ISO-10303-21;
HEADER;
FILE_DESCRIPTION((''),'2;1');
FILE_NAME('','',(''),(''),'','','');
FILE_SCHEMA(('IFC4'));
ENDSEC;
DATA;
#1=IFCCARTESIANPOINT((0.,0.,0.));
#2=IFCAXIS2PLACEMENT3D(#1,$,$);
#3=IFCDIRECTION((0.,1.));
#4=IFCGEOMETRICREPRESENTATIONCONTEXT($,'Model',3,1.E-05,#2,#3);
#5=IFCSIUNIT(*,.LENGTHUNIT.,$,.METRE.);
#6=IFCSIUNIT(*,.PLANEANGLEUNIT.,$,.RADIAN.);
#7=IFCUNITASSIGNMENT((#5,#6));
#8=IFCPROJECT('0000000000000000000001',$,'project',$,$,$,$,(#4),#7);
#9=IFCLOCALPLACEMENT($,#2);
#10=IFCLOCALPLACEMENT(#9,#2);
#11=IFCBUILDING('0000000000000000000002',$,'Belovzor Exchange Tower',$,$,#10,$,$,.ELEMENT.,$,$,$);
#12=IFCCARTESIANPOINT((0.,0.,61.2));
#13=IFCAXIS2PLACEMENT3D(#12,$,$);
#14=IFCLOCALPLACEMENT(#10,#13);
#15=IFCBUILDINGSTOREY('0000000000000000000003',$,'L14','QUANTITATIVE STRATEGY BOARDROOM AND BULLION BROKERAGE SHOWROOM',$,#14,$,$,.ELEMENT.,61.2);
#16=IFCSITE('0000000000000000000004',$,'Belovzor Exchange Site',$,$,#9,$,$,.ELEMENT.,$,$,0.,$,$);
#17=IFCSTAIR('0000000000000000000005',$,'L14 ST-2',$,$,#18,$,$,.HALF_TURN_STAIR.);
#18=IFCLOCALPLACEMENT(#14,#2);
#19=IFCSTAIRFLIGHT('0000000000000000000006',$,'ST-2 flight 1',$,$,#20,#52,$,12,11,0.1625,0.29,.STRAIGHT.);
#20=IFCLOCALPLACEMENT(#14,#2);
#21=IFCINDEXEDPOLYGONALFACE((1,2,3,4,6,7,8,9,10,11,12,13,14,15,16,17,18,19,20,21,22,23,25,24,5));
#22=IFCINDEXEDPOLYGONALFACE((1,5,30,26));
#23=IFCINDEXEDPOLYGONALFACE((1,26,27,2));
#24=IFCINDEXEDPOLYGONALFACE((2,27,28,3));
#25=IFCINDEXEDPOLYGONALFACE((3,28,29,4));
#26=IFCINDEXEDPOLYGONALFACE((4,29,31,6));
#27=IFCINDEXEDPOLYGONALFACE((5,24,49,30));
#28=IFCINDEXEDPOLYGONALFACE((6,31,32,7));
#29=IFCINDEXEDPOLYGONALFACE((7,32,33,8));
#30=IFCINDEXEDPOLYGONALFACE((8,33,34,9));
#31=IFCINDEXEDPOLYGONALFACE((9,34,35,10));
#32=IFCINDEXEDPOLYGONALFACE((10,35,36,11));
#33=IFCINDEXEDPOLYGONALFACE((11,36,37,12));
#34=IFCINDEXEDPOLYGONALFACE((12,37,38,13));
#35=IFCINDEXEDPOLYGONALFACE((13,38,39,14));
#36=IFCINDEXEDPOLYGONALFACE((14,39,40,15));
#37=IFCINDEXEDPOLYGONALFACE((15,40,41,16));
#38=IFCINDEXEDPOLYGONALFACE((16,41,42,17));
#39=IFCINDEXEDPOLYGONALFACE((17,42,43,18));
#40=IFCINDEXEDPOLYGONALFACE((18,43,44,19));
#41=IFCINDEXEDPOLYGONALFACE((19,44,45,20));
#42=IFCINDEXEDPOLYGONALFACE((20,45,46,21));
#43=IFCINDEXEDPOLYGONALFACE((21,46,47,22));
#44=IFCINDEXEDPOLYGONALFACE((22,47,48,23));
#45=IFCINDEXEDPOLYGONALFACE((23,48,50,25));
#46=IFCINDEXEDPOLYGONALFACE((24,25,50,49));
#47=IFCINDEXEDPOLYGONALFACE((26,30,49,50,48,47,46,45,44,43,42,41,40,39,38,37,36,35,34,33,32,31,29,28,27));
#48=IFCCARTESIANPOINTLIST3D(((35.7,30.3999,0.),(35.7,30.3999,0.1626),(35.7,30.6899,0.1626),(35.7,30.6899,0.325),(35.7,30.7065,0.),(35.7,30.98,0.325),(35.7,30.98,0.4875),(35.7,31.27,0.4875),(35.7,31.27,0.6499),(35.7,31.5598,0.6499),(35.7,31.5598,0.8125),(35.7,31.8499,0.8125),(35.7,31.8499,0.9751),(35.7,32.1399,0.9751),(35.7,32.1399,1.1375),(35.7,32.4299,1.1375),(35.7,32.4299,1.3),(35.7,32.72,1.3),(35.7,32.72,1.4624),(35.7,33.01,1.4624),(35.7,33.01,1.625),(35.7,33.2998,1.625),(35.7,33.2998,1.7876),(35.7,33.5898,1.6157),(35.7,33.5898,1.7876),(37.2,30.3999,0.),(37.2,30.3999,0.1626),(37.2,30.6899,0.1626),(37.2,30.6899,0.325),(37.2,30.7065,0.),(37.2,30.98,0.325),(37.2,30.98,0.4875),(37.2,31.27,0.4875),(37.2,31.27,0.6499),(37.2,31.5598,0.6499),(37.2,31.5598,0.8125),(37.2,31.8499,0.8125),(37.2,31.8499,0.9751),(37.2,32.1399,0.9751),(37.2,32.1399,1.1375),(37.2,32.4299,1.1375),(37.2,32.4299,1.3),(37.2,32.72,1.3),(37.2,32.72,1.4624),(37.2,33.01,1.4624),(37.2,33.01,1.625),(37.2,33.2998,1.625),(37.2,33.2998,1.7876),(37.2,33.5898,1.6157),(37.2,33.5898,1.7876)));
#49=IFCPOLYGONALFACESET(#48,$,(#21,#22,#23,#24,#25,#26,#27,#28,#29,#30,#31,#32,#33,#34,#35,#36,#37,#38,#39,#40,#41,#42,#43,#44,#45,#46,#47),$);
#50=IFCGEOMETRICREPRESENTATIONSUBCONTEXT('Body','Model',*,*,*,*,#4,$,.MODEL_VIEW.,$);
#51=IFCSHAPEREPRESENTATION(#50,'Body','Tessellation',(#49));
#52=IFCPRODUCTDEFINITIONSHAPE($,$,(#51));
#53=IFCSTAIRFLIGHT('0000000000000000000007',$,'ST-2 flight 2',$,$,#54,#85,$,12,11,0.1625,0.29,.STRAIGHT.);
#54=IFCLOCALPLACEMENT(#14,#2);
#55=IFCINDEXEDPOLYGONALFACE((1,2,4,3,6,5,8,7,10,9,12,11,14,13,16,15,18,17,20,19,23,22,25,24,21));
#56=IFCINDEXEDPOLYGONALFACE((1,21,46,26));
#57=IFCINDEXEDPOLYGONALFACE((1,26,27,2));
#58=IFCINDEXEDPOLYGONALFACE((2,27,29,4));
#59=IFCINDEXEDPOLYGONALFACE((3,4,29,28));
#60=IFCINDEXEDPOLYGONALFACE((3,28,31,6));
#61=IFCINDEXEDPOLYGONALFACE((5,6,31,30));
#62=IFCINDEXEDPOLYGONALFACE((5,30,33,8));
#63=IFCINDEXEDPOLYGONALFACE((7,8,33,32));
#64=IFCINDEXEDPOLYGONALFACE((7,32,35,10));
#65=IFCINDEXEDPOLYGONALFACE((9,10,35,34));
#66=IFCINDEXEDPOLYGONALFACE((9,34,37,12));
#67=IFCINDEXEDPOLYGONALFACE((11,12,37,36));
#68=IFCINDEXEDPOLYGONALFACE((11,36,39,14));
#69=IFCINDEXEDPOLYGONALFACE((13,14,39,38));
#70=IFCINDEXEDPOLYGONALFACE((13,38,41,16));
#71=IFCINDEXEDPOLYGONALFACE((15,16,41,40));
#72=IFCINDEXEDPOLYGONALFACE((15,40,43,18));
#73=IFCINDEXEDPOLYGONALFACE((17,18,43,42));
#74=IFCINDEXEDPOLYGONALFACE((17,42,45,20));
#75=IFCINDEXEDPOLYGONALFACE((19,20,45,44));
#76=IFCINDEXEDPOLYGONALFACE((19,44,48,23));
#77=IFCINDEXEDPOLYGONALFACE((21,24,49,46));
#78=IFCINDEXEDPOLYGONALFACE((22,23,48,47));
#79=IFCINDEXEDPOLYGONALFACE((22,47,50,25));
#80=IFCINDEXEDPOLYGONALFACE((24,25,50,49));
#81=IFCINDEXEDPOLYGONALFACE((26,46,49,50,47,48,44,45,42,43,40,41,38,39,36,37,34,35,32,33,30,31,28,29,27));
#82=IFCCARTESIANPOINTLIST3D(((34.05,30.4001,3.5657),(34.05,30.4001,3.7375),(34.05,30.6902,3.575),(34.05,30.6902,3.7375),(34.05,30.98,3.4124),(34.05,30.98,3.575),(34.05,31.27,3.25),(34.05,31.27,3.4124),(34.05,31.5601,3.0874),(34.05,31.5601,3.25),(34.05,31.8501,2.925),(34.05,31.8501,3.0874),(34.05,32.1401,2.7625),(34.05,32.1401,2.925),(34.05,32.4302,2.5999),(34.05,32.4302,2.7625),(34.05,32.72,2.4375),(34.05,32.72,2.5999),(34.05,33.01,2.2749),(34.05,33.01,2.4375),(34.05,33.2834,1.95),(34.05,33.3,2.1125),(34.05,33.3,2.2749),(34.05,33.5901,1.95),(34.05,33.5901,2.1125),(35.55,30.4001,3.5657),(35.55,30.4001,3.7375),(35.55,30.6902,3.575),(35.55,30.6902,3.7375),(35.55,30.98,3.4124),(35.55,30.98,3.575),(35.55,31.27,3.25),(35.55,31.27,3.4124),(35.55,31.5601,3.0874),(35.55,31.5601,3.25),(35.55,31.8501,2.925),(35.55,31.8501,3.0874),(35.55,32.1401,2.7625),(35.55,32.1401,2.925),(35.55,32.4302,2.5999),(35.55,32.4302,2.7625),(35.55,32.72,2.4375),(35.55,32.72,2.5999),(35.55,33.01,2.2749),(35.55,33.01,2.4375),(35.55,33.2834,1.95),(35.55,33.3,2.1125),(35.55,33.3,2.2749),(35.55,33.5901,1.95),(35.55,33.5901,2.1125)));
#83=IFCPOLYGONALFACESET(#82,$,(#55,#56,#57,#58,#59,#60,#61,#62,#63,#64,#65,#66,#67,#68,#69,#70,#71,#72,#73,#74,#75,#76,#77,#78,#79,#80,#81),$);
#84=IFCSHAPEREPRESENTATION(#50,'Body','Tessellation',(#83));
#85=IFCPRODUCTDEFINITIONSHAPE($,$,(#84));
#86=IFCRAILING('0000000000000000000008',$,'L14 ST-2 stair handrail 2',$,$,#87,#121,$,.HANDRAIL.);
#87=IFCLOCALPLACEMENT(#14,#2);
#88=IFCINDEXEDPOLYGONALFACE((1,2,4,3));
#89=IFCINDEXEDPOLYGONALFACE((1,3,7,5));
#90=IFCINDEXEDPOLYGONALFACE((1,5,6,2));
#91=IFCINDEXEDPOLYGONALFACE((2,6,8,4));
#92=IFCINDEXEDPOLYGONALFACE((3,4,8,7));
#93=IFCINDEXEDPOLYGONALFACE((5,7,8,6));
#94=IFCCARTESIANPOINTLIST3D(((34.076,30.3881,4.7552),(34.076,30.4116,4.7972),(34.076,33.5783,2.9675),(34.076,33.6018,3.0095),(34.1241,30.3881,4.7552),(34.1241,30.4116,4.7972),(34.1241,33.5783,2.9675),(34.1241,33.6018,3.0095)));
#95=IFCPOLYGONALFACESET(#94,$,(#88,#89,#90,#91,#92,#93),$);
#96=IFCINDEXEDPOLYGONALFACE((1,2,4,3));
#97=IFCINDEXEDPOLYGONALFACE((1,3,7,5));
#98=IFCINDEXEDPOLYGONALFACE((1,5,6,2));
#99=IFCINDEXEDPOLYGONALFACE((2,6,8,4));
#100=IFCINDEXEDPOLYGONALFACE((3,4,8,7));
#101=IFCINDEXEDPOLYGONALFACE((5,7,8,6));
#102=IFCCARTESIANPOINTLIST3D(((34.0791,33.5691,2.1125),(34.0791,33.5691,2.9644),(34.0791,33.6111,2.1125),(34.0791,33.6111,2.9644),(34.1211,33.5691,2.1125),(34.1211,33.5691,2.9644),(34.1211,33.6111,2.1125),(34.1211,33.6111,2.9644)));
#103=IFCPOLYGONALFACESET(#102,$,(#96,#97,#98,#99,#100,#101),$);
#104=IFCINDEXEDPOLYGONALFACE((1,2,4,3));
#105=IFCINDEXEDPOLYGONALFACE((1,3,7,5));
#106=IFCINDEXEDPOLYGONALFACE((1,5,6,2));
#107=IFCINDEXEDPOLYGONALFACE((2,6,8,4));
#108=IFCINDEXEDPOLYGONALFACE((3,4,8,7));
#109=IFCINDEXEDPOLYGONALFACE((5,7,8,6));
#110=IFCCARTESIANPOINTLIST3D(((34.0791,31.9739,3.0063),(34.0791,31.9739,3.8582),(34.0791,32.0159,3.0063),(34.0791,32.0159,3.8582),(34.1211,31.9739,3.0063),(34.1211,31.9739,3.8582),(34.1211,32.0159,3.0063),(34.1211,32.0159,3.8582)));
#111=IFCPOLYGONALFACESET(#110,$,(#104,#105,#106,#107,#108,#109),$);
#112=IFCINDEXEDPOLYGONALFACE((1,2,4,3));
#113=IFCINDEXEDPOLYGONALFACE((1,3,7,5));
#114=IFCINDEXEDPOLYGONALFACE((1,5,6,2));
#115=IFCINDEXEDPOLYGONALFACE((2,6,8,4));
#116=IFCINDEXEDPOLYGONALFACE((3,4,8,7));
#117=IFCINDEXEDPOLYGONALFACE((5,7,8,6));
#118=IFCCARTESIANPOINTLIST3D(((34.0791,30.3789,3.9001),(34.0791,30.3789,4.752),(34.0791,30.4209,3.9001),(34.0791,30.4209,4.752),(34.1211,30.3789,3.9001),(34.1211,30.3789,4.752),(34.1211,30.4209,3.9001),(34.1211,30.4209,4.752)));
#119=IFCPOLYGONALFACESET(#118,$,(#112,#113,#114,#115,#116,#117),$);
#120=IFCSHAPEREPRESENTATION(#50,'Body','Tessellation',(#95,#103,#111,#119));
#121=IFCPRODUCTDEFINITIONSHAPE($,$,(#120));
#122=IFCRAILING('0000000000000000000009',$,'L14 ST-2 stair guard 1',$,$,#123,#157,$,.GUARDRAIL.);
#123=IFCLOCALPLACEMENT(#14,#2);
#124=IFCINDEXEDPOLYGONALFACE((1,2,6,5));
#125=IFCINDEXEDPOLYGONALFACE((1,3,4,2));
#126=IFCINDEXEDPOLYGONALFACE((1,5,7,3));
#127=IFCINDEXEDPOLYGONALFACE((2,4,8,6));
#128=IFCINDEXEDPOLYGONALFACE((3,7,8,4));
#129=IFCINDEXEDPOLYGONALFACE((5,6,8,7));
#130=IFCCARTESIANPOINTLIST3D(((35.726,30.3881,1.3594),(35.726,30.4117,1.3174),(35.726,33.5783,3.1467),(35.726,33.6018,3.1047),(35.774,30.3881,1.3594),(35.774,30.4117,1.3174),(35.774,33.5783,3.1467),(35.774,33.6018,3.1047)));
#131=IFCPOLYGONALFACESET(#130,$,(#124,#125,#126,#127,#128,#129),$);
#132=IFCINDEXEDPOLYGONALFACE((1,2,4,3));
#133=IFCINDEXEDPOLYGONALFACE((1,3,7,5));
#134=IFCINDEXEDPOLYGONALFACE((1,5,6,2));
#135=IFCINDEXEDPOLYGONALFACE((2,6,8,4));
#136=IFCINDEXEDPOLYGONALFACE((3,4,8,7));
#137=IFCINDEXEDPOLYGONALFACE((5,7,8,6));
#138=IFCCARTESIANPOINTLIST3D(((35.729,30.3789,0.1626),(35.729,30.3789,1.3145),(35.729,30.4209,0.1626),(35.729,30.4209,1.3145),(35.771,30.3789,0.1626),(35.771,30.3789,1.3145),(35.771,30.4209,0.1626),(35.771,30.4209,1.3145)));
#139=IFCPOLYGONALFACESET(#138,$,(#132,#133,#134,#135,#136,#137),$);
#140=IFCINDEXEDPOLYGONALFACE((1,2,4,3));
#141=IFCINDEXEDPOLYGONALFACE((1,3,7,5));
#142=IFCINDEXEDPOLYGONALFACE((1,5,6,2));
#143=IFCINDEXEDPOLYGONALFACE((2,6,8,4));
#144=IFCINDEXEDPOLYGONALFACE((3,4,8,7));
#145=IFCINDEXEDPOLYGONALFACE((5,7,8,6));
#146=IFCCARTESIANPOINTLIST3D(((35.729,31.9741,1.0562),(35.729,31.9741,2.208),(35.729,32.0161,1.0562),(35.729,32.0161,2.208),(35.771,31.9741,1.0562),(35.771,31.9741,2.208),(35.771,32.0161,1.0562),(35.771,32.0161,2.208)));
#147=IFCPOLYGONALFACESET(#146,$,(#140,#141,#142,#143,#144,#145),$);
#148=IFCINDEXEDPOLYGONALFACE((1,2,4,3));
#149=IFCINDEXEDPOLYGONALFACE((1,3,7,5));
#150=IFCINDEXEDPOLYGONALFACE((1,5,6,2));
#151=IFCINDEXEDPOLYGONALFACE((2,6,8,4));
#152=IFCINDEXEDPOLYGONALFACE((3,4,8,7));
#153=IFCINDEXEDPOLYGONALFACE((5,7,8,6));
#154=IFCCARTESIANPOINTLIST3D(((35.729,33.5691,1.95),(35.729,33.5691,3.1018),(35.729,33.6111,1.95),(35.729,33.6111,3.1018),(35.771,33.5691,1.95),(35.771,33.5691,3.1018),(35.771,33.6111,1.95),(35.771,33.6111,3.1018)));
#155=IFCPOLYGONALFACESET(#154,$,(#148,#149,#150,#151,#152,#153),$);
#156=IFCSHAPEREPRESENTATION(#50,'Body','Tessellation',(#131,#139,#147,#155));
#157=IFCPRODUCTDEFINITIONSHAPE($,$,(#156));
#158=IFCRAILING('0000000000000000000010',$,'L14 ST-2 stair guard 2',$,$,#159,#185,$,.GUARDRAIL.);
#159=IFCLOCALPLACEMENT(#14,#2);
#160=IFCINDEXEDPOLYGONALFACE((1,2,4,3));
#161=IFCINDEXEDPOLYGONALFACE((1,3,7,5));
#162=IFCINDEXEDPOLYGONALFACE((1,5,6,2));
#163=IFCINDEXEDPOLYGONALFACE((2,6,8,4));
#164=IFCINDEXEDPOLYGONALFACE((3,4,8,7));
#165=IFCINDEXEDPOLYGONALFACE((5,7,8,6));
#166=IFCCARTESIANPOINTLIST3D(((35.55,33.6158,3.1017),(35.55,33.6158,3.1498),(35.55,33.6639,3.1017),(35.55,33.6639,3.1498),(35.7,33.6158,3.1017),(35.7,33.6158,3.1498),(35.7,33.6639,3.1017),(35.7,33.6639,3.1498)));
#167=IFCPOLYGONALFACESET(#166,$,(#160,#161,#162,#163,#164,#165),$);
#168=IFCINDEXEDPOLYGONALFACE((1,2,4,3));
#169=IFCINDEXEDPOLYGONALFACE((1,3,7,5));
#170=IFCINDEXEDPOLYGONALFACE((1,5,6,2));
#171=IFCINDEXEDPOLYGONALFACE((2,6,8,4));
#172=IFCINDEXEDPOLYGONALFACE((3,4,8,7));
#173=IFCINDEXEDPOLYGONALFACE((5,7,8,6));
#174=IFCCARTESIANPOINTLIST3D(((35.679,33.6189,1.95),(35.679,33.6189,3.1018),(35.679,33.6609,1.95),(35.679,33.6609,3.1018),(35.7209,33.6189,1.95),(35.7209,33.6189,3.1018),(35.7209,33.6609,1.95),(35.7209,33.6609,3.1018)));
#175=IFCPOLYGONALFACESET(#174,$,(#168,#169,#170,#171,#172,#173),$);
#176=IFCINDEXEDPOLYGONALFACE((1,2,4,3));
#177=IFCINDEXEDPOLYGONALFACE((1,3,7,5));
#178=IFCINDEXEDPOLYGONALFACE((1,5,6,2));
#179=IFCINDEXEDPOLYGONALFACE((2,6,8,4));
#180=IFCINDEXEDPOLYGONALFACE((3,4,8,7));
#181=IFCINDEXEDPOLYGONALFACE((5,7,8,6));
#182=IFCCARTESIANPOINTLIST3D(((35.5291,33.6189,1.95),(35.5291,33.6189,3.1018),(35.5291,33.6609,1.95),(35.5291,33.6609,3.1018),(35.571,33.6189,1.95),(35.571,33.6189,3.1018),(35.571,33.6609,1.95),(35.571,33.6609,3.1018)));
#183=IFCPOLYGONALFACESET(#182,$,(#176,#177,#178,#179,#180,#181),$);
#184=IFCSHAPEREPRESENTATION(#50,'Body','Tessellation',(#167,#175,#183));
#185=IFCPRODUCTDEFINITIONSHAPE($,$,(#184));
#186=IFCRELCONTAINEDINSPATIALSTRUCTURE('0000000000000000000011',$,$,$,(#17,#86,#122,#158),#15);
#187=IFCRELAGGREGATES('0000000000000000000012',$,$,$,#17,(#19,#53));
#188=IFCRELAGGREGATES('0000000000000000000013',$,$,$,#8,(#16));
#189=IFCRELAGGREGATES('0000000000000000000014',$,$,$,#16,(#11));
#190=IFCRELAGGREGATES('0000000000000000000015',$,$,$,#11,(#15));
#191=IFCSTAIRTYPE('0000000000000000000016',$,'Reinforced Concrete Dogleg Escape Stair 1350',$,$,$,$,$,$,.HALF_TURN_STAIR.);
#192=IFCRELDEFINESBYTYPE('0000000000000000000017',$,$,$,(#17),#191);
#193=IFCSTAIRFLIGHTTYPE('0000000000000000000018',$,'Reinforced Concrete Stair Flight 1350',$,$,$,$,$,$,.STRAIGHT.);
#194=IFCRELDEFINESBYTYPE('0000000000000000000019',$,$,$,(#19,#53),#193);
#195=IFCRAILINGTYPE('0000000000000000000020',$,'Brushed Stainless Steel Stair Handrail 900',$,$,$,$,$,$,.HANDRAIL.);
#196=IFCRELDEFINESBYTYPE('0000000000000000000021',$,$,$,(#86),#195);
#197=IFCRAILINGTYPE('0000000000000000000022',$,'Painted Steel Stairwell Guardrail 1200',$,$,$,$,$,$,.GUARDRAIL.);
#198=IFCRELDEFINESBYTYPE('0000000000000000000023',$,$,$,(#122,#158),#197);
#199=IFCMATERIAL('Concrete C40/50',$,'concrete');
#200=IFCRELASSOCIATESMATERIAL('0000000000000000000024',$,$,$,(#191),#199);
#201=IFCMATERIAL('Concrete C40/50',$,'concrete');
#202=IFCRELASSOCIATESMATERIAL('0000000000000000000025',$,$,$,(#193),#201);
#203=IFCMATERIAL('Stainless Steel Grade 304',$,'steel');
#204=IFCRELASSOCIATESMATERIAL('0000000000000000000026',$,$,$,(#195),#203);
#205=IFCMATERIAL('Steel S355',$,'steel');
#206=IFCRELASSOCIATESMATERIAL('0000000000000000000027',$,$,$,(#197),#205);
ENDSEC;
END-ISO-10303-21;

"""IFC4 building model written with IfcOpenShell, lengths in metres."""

from ifc_helpers import new_model, si_unit, direction, frame, origin, origin_2d, place, context, subcontext, project, spatial, polyline, rectangle, outline, extrude, material, type_object, element, aggregate, save


model = new_model("IFC4")

# Units and contexts
model_context = context("Model", 3, precision=1e-05, world=origin(), true_north=direction((0.0, 1.0)))
body_context = subcontext(model_context, "Body", "Model", "MODEL_VIEW")
ifc_project = project(units=[si_unit("LENGTHUNIT", "METRE"), si_unit("PLANEANGLEUNIT", "RADIAN")], contexts=[model_context])

# Site, building, storey
site_placement = place(None, origin())
site = spatial("IfcSite", under=ifc_project, at=site_placement, Name="Belovzor Exchange Site", CompositionType="ELEMENT", RefElevation=0.0)
building_placement = place(site_placement, origin())
building = spatial("IfcBuilding", under=site, at=building_placement, Name="Belovzor Exchange Tower", CompositionType="ELEMENT")
storey_placement = place(building_placement, frame((0.0, 0.0, 61.2)))
storey = spatial("IfcBuildingStorey", under=building, at=storey_placement, Name="L14", Description="QUANTITATIVE STRATEGY BOARDROOM AND BULLION BROKERAGE SHOWROOM", CompositionType="ELEMENT", Elevation=61.2)

# Stair, stair flights
ifc_material_1 = material(Name="Concrete C40/50", Category="concrete")
stair_type = type_object("IfcStairType", Name="Reinforced Concrete Dogleg Escape Stair 1350", PredefinedType="HALF_TURN_STAIR", material=ifc_material_1)
stair_placement = place(storey_placement, origin())
stair = element("IfcStair", 1, at=stair_placement, inside=storey, type_object=stair_type, Name="L14 ST-2", PredefinedType="HALF_TURN_STAIR")
ifc_material_2 = material(Name="Concrete C40/50", Category="concrete")
stair_flight_type = type_object("IfcStairFlightType", Name="Reinforced Concrete Stair Flight 1350", PredefinedType="STRAIGHT", material=ifc_material_2)
stair_flight_1_placement = place(storey_placement, frame((36.45, 30.3999, 0.0), z_axis=(0.0, 0.0, 1.0), x_axis=(0.0, 1.0, 0.0)))
stair_flight_1 = element("IfcStairFlight", 2, at=stair_flight_1_placement, type_object=stair_flight_type, Name="ST-2 flight 1", NumberOfRisers=12, NumberOfTreads=11, PredefinedType="STRAIGHT", RiserHeight=0.1625, TreadLength=0.29, context=body_context, shape_type="SweptSolid", body=[
    extrude(outline(polyline([(0.0, 0.0), (0.0, 0.1626), (0.29, 0.1626), (0.29, 0.325), (0.5801, 0.325), (0.5801, 0.4875), (0.8701, 0.4875), (0.8701, 0.6499), (1.1599, 0.6499), (1.1599, 0.8125), (1.45, 0.8125), (1.45, 0.9751), (1.74, 0.9751), (1.74, 1.1375), (2.03, 1.1375), (2.03, 1.3), (2.3201, 1.3), (2.3201, 1.4624), (2.6101, 1.4624), (2.6101, 1.625), (2.8999, 1.625), (2.8999, 1.7876), (3.1899, 1.7876), (3.1899, 1.95), (3.1899, 1.6157), (0.3066, 0.0), (0.0, 0.0)])), frame((0.0, 0.75, 0.0), z_axis=(0.0, -1.0, 0.0), x_axis=(1.0, 0.0, 0.0)), (0.0, 0.0, 1.0), 1.5),
])
stair_flight_2_placement = place(storey_placement, frame((34.8, 33.5901, 1.95), z_axis=(0.0, 0.0, 1.0), x_axis=(0.0, -1.0, 0.0)))
stair_flight_2 = element("IfcStairFlight", 3, at=stair_flight_2_placement, type_object=stair_flight_type, Name="ST-2 flight 2", NumberOfRisers=12, NumberOfTreads=11, PredefinedType="STRAIGHT", RiserHeight=0.1625, TreadLength=0.29, context=body_context, shape_type="SweptSolid", body=[
    extrude(outline(polyline([(0.0, 0.0), (0.0, 0.1626), (0.29, 0.1626), (0.29, 0.325), (0.5801, 0.325), (0.5801, 0.4875), (0.8701, 0.4875), (0.8701, 0.6499), (1.1599, 0.6499), (1.1599, 0.8125), (1.45, 0.8125), (1.45, 0.9751), (1.74, 0.9751), (1.74, 1.1375), (2.03, 1.1375), (2.03, 1.3), (2.3201, 1.3), (2.3201, 1.4624), (2.6101, 1.4624), (2.6101, 1.625), (2.8999, 1.625), (2.8999, 1.7876), (3.1899, 1.7876), (3.1899, 1.95), (3.1899, 1.6157), (0.3066, 0.0), (0.0, 0.0)])), frame((0.0, 0.75, 0.0), z_axis=(0.0, -1.0, 0.0), x_axis=(1.0, 0.0, 0.0)), (0.0, 0.0, 1.0), 1.5),
])
aggregate(stair, [stair_flight_1, stair_flight_2])

# Railings
ifc_material_3 = material(Name="Stainless Steel Grade 304", Category="steel")
railing_type_1 = type_object("IfcRailingType", Name="Brushed Stainless Steel Stair Handrail 900", PredefinedType="HANDRAIL", material=ifc_material_3)
railing_1_placement = place(storey_placement, frame((34.1001, 33.5901, 2.1125)))
element("IfcRailing", 4, at=railing_1_placement, inside=storey, type_object=railing_type_1, Name="L14 ST-2 stair handrail 2", PredefinedType="HANDRAIL", context=body_context, shape_type="SweptSolid", body=[
    extrude(rectangle(XDim=0.0481, YDim=0.0481, at=origin_2d()), frame((0.0, 0.0, 0.876), z_axis=(0.0, -0.872378, 0.488831), x_axis=(1.0, 0.0, 0.0)), (0.0, 0.0, 1.0), 3.657),
    extrude(rectangle(XDim=0.042, YDim=0.042, at=origin_2d()), origin(), (0.0, 0.0, 1.0), 0.8518),
    extrude(rectangle(XDim=0.042, YDim=0.042, at=origin_2d()), frame((0.0, -1.5952, 0.8938)), (0.0, 0.0, 1.0), 0.8518),
    extrude(rectangle(XDim=0.042, YDim=0.042, at=origin_2d()), frame((0.0, -3.1902, 1.7876)), (0.0, 0.0, 1.0), 0.8518),
])
ifc_material_4 = material(Name="Steel S355", Category="steel")
railing_type_2 = type_object("IfcRailingType", Name="Painted Steel Stairwell Guardrail 1200", PredefinedType="GUARDRAIL", material=ifc_material_4)
railing_2_placement = place(storey_placement, frame((35.75, 30.3999, 0.1626)))
element("IfcRailing", 5, at=railing_2_placement, inside=storey, type_object=railing_type_2, Name="L14 ST-2 stair guard 1", PredefinedType="GUARDRAIL", context=body_context, shape_type="SweptSolid", body=[
    extrude(rectangle(XDim=0.0481, YDim=0.0481, at=origin_2d()), frame((0.0, 0.0, 1.1758), z_axis=(0.0, 0.872407, 0.48878), x_axis=(-1.0, 0.0, 0.0)), (0.0, 0.0, 1.0), 3.6567),
    extrude(rectangle(XDim=0.042, YDim=0.042, at=origin_2d()), origin(), (0.0, 0.0, 1.0), 1.1519),
    extrude(rectangle(XDim=0.042, YDim=0.042, at=origin_2d()), frame((0.0, 1.5952, 0.8936)), (0.0, 0.0, 1.0), 1.1519),
    extrude(rectangle(XDim=0.042, YDim=0.042, at=origin_2d()), frame((0.0, 3.1902, 1.7874)), (0.0, 0.0, 1.0), 1.1519),
])
railing_3_placement = place(storey_placement, frame((35.7, 33.6399, 1.95)))
element("IfcRailing", 6, at=railing_3_placement, inside=storey, type_object=railing_type_2, Name="L14 ST-2 stair guard 2", PredefinedType="GUARDRAIL", context=body_context, shape_type="SweptSolid", body=[
    extrude(rectangle(XDim=0.0481, YDim=0.0481, at=origin_2d()), frame((0.0, 0.0, 1.1758), z_axis=(-1.0, 0.0, 0.0), x_axis=(0.0, -1.0, 0.0)), (0.0, 0.0, 1.0), 0.1499),
    extrude(rectangle(XDim=0.042, YDim=0.042, at=origin_2d()), origin(), (0.0, 0.0, 1.0), 1.1519),
    extrude(rectangle(XDim=0.042, YDim=0.042, at=origin_2d()), frame((-0.1499, 0.0, 0.0)), (0.0, 0.0, 1.0), 1.1519),
])

save(model, "model.ifc")
